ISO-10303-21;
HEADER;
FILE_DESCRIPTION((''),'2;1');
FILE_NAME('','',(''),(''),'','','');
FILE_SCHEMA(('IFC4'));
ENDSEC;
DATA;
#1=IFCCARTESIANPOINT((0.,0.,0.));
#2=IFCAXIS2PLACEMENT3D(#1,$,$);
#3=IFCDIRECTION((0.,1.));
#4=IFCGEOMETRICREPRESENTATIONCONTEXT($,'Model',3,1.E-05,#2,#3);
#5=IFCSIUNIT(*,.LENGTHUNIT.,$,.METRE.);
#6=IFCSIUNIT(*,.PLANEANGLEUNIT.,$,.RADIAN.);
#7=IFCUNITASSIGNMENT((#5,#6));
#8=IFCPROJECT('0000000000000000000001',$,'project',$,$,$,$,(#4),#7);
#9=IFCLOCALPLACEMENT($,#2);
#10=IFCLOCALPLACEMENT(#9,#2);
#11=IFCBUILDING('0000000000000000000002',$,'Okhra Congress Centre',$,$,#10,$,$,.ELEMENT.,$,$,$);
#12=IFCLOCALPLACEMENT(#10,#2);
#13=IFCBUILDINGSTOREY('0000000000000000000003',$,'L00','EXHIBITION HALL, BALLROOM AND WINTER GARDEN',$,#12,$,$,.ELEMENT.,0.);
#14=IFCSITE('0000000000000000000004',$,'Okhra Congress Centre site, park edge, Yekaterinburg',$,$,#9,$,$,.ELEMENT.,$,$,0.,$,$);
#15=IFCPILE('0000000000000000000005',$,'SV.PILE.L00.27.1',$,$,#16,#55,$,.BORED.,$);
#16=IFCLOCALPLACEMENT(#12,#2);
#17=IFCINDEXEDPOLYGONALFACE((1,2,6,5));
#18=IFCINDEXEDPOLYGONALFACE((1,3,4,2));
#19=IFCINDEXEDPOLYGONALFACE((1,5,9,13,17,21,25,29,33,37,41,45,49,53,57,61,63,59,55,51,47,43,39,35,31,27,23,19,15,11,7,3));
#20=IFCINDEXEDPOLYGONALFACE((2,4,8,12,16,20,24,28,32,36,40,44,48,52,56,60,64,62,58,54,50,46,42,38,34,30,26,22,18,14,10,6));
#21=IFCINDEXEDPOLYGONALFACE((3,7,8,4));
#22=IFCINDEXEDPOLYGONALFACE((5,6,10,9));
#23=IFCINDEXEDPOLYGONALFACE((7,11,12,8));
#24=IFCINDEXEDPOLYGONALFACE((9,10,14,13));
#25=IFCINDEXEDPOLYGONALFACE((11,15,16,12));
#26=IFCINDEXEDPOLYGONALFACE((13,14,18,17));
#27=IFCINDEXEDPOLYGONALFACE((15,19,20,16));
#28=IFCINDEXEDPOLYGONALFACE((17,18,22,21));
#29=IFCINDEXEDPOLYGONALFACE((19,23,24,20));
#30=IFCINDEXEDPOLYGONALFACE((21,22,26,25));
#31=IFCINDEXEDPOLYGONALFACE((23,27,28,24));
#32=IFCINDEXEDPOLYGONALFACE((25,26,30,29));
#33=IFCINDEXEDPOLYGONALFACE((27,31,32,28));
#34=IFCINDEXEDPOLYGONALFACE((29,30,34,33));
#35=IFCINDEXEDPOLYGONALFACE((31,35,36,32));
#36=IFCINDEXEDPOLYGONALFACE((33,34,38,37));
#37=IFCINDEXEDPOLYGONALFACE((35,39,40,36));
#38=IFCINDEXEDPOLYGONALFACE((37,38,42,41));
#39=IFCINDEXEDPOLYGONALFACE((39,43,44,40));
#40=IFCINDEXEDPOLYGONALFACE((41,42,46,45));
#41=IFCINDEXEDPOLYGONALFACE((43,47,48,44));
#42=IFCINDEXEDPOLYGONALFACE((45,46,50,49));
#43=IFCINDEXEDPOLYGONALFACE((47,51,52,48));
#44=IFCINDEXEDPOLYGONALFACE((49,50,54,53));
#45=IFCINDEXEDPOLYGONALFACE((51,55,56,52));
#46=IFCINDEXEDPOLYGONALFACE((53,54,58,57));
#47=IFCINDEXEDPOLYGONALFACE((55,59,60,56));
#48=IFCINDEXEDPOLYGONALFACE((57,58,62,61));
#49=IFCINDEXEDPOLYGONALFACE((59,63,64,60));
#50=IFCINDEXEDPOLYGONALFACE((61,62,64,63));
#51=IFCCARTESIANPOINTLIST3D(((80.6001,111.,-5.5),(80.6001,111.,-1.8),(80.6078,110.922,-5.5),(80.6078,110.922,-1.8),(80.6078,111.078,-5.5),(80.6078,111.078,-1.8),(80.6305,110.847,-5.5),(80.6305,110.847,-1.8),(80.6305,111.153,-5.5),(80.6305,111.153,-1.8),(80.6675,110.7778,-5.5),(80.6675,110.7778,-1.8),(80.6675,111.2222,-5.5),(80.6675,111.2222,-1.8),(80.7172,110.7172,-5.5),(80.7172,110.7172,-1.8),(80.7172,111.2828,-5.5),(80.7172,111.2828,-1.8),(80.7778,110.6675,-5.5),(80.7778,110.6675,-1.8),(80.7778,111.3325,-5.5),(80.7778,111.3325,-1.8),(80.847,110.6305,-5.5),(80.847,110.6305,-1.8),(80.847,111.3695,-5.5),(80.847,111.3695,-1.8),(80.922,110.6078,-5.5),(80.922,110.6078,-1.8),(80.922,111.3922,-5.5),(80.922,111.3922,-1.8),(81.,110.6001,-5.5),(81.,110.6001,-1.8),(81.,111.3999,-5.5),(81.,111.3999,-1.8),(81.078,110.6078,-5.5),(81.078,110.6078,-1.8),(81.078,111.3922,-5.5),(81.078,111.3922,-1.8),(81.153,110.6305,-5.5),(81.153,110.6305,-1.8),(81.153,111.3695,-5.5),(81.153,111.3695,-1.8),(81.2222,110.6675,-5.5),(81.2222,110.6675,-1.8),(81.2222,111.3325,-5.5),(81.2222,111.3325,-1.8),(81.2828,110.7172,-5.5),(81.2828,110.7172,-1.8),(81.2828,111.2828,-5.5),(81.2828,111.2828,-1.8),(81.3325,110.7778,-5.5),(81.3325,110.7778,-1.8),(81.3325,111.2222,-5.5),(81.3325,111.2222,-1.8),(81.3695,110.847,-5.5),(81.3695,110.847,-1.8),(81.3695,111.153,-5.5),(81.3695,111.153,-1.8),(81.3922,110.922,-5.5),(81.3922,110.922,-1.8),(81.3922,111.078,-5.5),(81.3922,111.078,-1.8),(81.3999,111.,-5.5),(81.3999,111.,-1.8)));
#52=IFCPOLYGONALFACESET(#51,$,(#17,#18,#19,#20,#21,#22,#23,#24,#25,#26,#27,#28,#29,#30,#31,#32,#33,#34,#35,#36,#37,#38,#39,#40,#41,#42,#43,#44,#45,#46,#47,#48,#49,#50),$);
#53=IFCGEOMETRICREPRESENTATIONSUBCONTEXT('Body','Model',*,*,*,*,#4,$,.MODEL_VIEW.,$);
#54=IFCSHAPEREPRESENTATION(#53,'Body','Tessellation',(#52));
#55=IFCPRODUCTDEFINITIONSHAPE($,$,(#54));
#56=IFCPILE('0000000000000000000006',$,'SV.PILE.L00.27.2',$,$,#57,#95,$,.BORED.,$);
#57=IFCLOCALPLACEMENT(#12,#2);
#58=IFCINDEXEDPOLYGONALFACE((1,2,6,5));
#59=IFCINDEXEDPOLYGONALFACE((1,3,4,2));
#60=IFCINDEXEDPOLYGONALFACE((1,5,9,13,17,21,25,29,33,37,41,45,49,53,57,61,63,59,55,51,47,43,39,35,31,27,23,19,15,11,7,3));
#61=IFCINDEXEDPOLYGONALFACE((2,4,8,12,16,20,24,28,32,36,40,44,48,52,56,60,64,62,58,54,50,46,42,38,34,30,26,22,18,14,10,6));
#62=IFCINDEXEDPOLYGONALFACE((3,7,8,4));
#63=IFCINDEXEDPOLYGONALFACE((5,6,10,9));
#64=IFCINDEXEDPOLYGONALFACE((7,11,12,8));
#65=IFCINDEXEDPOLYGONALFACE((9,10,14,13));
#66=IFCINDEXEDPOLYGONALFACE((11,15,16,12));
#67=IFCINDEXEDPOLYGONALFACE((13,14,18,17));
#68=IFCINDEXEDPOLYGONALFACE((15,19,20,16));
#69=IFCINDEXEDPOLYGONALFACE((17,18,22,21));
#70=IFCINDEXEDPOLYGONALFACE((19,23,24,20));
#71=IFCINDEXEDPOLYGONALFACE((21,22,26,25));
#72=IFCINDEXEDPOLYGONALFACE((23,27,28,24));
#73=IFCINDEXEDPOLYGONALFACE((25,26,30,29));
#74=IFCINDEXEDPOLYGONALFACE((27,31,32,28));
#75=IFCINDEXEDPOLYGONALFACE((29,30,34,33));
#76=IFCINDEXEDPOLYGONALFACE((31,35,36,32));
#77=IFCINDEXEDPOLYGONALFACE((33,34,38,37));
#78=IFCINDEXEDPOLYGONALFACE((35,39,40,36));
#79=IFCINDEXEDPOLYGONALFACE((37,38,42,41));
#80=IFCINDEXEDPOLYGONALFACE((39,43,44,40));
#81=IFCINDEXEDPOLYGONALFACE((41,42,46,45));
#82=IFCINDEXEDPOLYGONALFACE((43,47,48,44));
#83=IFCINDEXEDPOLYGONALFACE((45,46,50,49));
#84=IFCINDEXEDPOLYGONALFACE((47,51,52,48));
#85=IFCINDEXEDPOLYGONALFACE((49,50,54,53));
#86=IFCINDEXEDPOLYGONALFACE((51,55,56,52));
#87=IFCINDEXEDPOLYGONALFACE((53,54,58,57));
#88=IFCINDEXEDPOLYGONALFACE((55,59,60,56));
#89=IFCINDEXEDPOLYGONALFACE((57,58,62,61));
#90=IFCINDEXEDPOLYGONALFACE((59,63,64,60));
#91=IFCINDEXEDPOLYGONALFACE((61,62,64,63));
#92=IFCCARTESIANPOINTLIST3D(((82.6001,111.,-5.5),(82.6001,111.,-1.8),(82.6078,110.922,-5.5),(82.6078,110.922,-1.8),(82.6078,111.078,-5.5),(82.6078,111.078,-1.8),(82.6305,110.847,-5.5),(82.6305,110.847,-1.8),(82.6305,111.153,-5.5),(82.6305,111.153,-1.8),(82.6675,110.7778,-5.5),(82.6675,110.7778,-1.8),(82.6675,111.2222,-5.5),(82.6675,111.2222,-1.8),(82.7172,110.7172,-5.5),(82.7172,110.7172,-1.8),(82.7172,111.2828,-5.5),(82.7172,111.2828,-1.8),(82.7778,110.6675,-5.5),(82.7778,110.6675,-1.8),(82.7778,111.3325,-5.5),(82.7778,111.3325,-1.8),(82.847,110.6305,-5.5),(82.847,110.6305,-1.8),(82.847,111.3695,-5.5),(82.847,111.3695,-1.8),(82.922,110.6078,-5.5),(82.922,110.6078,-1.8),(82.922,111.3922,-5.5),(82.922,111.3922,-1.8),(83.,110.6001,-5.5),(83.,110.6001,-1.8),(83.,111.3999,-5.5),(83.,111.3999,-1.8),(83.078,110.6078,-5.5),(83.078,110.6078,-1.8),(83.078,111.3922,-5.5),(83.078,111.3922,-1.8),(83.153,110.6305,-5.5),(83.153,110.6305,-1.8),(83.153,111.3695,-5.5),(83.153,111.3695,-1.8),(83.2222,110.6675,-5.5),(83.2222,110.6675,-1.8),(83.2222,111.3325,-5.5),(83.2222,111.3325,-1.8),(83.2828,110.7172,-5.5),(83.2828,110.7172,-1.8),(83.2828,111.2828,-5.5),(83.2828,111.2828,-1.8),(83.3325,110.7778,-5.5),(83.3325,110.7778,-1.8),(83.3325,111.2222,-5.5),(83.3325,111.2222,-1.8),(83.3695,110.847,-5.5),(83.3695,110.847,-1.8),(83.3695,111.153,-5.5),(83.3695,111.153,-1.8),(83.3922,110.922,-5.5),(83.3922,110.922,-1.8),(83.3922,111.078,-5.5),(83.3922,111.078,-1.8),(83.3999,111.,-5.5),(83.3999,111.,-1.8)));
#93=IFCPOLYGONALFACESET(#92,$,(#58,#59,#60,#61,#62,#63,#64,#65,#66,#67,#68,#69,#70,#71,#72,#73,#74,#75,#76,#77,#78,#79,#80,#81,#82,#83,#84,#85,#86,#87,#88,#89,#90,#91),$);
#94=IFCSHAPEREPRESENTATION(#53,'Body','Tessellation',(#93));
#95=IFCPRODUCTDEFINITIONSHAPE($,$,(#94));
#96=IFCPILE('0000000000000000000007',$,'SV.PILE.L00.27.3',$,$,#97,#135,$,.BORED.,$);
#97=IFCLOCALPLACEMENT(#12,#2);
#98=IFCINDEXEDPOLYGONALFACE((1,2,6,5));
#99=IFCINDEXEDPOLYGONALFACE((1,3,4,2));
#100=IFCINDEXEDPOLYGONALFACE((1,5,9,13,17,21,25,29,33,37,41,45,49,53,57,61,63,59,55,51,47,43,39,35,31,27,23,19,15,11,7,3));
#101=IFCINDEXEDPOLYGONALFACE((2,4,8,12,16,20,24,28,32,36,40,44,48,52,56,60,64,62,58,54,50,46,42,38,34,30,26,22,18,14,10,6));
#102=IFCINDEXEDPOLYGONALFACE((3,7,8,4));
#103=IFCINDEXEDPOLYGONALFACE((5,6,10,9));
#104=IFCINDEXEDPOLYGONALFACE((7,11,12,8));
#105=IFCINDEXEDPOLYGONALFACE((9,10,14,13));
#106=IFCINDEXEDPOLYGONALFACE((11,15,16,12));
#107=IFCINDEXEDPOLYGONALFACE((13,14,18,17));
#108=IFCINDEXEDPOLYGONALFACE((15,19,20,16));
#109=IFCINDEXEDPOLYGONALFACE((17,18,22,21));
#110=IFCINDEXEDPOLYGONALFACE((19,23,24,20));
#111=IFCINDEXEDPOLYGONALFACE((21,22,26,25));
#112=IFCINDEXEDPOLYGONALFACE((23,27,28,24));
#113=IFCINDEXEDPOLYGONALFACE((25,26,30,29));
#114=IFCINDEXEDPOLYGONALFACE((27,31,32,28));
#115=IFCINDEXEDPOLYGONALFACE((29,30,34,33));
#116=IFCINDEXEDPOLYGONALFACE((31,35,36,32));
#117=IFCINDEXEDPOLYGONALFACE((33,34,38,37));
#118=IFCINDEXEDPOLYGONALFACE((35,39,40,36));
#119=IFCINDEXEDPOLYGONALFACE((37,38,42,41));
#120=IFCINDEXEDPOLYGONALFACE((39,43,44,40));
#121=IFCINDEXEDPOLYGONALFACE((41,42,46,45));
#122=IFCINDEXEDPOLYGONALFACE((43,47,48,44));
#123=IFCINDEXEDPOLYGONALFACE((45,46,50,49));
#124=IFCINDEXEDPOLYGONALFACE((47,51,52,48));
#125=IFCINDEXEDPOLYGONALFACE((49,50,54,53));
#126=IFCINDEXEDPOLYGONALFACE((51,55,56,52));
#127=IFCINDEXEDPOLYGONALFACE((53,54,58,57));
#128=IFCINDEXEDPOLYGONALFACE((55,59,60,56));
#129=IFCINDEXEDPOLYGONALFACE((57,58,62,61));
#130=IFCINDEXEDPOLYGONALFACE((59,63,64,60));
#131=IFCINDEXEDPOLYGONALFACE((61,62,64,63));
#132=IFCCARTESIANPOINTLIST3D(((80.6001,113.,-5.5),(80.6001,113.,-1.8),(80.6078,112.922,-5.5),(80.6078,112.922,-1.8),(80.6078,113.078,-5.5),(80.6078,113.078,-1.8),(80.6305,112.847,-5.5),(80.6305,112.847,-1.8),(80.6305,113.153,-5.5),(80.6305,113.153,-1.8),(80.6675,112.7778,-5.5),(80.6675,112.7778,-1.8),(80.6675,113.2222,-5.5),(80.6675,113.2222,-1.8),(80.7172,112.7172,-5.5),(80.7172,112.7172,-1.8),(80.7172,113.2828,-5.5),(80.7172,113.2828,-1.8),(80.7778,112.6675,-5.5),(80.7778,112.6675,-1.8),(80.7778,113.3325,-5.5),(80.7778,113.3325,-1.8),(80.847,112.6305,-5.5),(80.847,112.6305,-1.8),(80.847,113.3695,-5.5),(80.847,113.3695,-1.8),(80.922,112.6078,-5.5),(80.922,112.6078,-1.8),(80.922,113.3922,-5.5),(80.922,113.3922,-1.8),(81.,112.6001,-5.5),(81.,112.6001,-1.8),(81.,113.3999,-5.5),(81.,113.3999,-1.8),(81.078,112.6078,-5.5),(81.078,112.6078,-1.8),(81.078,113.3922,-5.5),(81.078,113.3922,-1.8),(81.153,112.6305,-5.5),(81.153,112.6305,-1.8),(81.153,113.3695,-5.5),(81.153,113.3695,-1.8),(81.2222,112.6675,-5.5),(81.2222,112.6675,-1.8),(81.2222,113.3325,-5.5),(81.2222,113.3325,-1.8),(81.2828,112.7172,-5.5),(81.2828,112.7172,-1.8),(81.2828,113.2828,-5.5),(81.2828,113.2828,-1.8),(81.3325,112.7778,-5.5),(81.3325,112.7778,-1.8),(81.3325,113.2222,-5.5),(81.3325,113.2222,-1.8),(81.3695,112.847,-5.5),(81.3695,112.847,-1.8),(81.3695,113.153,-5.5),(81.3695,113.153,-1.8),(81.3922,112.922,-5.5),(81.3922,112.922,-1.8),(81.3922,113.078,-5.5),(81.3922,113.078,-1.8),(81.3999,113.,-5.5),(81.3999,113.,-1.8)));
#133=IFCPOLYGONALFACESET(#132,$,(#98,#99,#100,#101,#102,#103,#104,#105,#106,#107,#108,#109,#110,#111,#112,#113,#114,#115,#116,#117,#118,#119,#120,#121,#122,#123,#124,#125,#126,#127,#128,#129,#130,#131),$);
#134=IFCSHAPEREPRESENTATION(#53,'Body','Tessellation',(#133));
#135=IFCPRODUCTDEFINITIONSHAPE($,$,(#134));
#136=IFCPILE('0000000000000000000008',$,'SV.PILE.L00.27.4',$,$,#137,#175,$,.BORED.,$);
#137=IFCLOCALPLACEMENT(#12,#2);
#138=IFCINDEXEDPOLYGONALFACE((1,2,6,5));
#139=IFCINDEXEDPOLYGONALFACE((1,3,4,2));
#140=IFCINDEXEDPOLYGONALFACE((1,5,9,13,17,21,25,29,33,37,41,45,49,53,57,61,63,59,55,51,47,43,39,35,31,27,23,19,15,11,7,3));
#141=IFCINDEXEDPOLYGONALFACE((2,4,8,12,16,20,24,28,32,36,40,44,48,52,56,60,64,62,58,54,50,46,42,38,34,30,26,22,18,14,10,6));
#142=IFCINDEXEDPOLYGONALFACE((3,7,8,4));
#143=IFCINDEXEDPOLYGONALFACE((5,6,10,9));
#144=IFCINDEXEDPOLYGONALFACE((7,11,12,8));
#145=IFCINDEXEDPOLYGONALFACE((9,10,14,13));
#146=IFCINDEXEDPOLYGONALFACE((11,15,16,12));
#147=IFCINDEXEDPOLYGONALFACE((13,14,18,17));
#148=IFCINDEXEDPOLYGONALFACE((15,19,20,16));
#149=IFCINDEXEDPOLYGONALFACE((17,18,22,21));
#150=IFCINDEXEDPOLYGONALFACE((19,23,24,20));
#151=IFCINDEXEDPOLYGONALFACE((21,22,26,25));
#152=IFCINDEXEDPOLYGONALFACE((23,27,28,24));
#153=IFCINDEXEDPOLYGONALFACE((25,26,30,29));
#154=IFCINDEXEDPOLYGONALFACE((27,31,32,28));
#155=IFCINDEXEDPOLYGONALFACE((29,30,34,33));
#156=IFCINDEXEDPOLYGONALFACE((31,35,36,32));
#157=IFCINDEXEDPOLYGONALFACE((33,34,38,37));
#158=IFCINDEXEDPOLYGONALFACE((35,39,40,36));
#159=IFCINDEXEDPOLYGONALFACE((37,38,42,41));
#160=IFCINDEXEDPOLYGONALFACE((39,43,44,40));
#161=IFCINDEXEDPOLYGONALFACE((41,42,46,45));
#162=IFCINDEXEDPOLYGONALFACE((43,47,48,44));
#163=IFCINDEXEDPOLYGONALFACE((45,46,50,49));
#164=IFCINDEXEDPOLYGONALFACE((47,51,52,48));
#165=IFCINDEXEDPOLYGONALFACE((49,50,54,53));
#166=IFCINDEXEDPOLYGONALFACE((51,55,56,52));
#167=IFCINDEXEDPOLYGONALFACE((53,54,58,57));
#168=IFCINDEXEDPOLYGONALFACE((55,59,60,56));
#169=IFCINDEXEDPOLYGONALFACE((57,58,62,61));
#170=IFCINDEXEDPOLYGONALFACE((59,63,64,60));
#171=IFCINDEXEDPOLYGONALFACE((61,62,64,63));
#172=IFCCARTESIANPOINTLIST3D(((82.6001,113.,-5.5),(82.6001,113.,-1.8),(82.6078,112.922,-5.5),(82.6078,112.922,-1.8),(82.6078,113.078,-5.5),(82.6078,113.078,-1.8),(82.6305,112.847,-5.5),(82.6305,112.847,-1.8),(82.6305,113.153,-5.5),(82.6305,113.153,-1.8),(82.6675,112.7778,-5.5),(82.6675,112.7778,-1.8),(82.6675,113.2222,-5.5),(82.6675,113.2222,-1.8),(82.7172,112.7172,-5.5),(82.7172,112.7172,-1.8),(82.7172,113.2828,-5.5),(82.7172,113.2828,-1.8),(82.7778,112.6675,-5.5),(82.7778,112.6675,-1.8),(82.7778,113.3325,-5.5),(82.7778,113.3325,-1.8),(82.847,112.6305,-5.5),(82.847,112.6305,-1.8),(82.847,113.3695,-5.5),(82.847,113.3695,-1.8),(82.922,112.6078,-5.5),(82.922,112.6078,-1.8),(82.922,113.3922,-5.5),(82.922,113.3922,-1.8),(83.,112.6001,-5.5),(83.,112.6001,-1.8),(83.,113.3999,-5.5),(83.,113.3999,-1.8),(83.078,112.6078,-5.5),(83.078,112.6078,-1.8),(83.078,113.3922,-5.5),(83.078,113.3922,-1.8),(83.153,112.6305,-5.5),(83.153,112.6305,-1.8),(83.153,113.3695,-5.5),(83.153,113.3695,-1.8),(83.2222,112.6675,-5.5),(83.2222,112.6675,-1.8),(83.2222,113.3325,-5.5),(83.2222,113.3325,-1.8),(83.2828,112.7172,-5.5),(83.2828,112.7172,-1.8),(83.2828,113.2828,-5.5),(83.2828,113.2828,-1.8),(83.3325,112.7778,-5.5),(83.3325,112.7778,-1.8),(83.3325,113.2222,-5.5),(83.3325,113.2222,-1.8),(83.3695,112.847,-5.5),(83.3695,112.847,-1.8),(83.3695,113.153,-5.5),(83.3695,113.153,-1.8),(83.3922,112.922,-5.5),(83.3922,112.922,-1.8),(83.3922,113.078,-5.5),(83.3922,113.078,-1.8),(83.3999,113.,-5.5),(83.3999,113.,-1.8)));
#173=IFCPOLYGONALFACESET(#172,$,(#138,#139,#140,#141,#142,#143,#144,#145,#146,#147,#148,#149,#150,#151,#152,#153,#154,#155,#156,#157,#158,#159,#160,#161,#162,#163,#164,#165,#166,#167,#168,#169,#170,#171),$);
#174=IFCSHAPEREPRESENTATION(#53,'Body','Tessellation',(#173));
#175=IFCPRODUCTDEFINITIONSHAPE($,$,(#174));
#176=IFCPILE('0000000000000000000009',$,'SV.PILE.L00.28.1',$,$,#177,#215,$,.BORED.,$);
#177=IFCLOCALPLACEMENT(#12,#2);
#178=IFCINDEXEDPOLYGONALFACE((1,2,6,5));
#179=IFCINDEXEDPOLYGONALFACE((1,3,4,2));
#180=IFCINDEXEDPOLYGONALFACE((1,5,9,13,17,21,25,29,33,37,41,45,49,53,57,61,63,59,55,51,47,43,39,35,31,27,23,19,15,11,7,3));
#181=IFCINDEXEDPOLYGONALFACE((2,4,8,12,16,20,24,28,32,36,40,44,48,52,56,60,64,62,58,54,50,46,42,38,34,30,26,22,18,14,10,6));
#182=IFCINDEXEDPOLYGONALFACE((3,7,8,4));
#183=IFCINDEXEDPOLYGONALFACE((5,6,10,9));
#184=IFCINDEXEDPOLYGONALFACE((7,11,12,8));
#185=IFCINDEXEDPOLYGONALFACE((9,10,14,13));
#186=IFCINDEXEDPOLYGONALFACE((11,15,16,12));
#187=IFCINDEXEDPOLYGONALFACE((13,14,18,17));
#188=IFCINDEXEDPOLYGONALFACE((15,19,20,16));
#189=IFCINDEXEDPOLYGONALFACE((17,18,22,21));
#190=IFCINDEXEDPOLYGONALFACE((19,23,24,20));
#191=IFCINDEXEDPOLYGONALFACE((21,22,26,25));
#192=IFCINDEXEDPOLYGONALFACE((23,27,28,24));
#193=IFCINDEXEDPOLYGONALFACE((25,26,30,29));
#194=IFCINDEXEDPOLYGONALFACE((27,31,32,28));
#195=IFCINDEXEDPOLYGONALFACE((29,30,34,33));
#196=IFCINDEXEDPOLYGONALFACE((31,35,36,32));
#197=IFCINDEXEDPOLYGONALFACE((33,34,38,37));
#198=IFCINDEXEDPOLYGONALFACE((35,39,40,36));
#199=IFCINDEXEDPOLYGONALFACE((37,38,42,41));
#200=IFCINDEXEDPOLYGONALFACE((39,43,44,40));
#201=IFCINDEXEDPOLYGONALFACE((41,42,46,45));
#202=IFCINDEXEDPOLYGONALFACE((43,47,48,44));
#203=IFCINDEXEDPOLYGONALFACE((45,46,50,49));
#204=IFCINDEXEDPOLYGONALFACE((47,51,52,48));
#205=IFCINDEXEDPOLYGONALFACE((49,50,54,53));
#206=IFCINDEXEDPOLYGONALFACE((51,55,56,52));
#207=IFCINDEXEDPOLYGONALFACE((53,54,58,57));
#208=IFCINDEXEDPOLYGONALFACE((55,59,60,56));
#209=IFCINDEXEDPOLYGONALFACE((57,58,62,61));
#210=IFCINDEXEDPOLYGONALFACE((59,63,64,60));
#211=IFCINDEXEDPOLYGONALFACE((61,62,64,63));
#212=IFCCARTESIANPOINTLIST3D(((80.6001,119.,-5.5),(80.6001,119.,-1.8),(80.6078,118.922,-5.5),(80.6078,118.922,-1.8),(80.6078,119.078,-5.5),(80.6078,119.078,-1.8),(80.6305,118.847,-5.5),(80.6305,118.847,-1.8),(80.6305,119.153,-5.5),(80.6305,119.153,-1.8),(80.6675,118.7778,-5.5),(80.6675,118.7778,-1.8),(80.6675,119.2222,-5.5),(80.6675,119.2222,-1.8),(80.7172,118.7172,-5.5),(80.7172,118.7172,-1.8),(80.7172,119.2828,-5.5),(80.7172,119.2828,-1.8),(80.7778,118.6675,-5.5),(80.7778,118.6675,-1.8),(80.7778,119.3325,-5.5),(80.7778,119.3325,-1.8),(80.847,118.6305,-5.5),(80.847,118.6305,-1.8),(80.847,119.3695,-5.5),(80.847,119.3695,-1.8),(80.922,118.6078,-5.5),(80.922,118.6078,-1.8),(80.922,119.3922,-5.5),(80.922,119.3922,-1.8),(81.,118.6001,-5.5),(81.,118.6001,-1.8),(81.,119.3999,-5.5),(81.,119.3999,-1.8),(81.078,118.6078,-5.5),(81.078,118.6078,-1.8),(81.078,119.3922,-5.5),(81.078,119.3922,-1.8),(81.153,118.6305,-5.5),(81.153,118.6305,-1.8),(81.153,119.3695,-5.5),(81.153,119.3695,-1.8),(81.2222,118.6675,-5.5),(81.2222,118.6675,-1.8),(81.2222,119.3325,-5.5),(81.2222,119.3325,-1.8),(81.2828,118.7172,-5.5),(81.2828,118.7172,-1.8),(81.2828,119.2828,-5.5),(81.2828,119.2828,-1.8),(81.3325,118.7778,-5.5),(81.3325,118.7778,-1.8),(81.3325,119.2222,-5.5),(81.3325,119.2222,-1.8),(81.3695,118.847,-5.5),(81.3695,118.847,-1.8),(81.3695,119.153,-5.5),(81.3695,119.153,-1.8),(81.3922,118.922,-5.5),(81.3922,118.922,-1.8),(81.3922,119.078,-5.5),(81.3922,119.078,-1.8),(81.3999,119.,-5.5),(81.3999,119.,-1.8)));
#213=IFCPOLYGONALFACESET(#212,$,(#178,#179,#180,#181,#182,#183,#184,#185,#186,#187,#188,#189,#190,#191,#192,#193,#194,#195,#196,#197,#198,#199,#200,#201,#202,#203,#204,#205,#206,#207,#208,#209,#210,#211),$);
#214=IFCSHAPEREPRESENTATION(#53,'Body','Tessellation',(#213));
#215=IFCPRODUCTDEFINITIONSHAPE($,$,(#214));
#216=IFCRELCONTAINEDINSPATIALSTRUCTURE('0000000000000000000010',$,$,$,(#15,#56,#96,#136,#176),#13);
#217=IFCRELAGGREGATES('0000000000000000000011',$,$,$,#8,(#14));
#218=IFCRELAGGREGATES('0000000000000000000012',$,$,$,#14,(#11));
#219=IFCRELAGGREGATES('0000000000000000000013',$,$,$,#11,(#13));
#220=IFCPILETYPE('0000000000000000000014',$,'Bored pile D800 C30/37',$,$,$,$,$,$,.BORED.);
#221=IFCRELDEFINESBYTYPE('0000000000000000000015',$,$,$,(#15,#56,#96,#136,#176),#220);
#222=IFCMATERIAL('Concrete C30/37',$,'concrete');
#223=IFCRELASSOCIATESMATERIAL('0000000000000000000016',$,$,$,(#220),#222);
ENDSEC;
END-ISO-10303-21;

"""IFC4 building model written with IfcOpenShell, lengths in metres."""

from ifc_helpers import new_model, si_unit, direction, frame, origin, origin_2d, place, context, subcontext, project, spatial, circle, extrude, material, material_profile, profile_set, type_object, element, save


model = new_model("IFC4")

# Units and contexts
model_context = context("Model", 3, precision=1e-05, world=origin(), true_north=direction((0.0, 1.0)))
body_context = subcontext(model_context, "Body", "Model", "MODEL_VIEW")
ifc_project = project(units=[si_unit("LENGTHUNIT", "METRE"), si_unit("PLANEANGLEUNIT", "RADIAN")], contexts=[model_context])

# Site, building, storey
site_placement = place(None, origin())
site = spatial("IfcSite", under=ifc_project, at=site_placement, Name="Okhra Congress Centre site, park edge, Yekaterinburg", CompositionType="ELEMENT", RefElevation=0.0)
building_placement = place(site_placement, origin())
building = spatial("IfcBuilding", under=site, at=building_placement, Name="Okhra Congress Centre", CompositionType="ELEMENT")
storey_placement = place(building_placement, origin())
storey = spatial("IfcBuildingStorey", under=building, at=storey_placement, Name="L00", Description="EXHIBITION HALL, BALLROOM AND WINTER GARDEN", CompositionType="ELEMENT", Elevation=0.0)

# Piles
ifc_material_1 = material(Name="Concrete C30/37", Category="concrete")
ifc_material_profile_1 = material_profile(ifc_material_1, circle(Radius=0.3999, at=origin_2d()), Name="D800")
ifc_profile_set_1 = profile_set([ifc_material_profile_1], Name="Concrete C30/37")
pile_type = type_object("IfcPileType", Name="Bored pile D800 C30/37", PredefinedType="BORED", material=ifc_profile_set_1)
for number, where, z_axis, x_axis, name in (
    (1, (81.0, 111.0, -1.8), (0.0, 0.0, -1.0), (1.0, 0.0, 0.0), "SV.PILE.L00.27.1"),
    (2, (83.0, 111.0, -1.8), (0.0, 0.0, -1.0), (1.0, 0.0, 0.0), "SV.PILE.L00.27.2"),
    (3, (81.0, 113.0, -1.8), (0.0, 0.0, -1.0), (1.0, 0.0, 0.0), "SV.PILE.L00.27.3"),
    (4, (83.0, 113.0, -1.8), (0.0, 0.0, -1.0), (1.0, 0.0, 0.0), "SV.PILE.L00.27.4"),
    (5, (81.0, 119.0, -1.8), (0.0, 0.0, -1.0), (1.0, 0.0, 0.0), "SV.PILE.L00.28.1"),
):
    element("IfcPile", number, at=place(storey_placement, frame(where, z_axis=z_axis, x_axis=x_axis)), inside=storey, type_object=pile_type, Name=name, PredefinedType="BORED", context=body_context, shape_type="SweptSolid", body=[
        extrude(circle(Radius=0.3999, at=origin_2d()), origin(), (0.0, 0.0, 1.0), 3.7),
    ])

save(model, "model.ifc")
